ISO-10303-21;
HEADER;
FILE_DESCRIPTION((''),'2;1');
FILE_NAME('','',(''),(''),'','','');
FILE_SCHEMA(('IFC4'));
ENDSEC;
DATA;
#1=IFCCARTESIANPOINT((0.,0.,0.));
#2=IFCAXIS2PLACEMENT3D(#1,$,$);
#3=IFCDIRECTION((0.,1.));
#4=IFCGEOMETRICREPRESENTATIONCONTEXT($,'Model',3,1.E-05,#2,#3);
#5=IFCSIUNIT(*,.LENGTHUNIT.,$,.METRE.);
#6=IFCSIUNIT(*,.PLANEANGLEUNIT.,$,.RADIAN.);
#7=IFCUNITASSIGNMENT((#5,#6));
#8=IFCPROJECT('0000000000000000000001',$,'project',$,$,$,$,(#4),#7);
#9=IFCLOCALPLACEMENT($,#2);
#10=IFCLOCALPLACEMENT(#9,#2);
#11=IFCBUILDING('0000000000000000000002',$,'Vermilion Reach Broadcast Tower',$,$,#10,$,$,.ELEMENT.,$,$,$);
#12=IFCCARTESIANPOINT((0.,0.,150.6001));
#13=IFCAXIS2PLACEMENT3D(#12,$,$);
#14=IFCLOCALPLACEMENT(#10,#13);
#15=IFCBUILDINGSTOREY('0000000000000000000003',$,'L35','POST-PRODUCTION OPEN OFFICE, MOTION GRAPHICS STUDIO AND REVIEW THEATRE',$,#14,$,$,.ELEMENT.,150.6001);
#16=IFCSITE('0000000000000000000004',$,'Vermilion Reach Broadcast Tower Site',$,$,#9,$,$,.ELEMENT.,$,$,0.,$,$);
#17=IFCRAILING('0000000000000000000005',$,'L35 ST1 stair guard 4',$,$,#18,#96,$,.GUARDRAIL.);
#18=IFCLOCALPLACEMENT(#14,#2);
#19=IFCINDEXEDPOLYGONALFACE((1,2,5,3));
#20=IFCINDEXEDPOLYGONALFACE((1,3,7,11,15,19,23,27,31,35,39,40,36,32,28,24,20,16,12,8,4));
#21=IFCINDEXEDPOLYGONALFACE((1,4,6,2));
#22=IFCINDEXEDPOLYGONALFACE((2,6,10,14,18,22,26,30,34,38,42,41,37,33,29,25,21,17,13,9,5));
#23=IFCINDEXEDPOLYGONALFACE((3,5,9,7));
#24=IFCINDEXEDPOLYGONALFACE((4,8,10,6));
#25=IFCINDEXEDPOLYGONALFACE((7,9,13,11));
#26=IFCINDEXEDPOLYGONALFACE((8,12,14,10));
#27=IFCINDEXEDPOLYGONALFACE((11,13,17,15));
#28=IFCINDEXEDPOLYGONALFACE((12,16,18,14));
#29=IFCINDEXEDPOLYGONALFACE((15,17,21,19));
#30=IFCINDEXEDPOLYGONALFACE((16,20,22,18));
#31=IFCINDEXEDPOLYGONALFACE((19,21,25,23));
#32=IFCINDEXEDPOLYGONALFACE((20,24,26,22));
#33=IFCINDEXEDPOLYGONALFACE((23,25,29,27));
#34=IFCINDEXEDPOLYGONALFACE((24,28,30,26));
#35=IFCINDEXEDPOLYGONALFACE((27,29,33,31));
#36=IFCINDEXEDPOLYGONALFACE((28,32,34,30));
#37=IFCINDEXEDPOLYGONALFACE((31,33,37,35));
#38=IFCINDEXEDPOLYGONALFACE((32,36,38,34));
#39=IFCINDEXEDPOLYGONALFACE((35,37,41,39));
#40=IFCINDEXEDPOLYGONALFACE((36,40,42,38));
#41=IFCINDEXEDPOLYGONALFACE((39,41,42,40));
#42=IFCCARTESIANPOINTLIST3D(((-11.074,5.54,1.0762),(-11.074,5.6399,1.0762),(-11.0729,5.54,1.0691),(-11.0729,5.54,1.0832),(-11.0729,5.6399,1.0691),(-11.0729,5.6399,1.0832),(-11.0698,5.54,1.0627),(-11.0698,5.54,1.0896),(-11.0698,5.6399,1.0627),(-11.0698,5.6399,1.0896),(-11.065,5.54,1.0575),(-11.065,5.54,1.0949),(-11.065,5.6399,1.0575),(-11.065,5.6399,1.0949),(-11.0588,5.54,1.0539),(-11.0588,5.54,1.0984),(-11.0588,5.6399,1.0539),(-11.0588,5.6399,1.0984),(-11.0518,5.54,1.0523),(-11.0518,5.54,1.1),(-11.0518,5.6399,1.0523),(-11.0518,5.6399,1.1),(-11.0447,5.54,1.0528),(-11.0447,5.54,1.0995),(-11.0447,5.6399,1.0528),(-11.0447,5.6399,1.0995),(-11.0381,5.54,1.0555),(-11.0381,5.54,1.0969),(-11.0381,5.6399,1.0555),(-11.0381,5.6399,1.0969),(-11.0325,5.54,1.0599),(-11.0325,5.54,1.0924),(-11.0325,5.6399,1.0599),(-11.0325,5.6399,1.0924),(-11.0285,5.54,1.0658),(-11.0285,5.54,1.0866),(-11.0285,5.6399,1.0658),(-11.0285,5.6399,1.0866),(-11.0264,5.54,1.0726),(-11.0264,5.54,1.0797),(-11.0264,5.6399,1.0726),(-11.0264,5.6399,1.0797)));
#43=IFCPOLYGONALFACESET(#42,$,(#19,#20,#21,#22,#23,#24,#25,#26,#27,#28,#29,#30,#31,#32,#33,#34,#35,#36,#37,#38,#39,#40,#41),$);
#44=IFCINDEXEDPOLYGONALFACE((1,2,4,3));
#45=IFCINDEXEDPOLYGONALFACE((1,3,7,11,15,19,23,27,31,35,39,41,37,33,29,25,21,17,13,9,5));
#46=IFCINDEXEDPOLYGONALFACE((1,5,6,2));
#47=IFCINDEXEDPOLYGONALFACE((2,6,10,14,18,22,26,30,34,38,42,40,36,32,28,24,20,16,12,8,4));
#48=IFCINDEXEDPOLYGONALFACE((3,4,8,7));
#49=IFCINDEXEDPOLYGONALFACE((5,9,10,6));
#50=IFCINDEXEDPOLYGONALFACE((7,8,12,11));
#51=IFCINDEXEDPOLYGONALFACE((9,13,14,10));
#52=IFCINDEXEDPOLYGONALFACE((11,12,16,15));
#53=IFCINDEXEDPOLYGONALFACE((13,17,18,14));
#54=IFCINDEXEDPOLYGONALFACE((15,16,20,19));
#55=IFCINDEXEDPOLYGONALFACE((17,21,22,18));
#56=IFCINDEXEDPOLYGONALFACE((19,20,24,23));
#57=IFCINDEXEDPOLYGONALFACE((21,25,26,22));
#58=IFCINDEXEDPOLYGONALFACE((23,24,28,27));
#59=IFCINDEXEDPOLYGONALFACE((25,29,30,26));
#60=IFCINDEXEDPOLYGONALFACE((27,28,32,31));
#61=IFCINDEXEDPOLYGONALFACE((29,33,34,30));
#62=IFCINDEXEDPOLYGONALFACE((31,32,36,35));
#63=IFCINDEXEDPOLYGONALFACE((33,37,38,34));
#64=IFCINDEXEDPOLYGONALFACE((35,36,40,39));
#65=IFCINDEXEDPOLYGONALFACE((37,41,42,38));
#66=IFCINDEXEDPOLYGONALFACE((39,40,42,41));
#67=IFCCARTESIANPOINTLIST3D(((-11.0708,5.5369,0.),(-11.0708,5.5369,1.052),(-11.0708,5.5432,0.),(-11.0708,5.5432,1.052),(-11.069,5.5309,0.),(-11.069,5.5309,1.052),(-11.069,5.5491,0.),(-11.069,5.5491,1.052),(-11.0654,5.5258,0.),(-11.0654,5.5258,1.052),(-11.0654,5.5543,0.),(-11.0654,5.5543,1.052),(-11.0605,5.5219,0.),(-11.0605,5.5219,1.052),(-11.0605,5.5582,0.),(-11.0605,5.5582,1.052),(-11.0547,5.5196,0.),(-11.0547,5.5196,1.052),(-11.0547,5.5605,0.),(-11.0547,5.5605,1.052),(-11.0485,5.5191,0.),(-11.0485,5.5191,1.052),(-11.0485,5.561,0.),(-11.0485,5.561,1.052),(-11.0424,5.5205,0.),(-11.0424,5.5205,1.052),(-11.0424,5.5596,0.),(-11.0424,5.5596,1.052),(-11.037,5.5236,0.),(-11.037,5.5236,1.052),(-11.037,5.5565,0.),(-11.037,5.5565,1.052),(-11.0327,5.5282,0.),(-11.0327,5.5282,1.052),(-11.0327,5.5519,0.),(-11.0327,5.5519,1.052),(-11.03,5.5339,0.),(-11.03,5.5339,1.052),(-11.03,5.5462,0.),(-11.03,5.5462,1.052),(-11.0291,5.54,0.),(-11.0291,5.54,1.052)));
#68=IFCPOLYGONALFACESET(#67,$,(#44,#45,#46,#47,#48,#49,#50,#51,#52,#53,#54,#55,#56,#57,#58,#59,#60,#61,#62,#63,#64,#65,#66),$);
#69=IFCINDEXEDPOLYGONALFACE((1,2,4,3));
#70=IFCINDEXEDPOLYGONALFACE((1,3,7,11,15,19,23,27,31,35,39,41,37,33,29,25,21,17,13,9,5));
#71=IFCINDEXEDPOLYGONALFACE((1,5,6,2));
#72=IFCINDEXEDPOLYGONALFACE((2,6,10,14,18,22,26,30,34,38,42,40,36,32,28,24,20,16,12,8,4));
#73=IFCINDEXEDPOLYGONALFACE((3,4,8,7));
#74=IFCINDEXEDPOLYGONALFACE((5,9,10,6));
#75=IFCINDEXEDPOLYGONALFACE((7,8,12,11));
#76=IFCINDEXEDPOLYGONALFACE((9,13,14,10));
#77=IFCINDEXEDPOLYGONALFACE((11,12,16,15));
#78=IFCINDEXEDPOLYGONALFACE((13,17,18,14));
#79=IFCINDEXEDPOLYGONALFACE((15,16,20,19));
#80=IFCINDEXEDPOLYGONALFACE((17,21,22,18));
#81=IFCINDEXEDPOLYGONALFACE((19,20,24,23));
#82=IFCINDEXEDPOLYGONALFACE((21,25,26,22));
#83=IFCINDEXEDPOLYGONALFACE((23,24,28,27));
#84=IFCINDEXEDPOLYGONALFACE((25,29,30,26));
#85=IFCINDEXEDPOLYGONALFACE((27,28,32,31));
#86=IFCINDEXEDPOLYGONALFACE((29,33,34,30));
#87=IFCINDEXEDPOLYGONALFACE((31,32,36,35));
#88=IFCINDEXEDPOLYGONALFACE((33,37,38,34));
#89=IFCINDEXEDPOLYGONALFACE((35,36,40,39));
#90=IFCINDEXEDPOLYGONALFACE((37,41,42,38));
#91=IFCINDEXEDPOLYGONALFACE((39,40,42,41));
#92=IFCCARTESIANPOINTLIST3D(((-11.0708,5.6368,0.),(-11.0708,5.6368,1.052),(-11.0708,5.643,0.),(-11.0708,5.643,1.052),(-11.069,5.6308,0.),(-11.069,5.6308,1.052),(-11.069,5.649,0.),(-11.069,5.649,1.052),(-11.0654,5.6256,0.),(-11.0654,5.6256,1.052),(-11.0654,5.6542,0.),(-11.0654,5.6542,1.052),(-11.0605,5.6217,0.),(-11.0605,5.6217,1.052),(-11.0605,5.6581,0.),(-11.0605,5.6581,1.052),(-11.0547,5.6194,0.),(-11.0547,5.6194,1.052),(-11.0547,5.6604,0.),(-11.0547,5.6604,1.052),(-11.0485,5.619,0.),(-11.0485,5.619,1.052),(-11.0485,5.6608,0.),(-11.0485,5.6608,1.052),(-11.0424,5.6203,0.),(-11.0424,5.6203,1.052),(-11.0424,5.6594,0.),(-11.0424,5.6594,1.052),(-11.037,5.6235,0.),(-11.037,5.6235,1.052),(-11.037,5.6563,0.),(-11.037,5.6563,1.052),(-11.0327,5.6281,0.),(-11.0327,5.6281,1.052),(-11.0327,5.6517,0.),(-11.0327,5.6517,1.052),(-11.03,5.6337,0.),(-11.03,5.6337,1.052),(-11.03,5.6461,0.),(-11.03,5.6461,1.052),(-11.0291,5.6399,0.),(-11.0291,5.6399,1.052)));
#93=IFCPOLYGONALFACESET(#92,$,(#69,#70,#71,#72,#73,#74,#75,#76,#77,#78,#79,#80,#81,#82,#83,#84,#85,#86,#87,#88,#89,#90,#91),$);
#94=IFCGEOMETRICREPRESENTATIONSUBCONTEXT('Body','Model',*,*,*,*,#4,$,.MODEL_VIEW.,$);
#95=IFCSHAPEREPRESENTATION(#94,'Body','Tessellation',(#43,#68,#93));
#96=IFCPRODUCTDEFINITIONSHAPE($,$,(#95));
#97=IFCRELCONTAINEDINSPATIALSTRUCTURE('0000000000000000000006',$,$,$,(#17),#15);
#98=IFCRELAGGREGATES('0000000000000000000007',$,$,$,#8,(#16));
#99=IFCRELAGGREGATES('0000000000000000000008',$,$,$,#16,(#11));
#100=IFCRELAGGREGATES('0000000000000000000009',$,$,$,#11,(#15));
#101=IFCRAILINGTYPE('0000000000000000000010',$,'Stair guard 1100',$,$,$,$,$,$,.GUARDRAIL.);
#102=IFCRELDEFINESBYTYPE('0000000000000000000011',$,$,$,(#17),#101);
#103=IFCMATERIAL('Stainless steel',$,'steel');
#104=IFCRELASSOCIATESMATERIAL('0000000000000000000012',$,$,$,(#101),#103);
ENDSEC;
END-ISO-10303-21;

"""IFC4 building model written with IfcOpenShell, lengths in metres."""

from ifc_helpers import new_model, si_unit, direction, frame, origin, origin_2d, place, context, subcontext, project, spatial, circle, extrude, material, type_object, element, save


model = new_model("IFC4")

# Units and contexts
model_context = context("Model", 3, precision=1e-05, world=origin(), true_north=direction((0.0, 1.0)))
body_context = subcontext(model_context, "Body", "Model", "MODEL_VIEW")
ifc_project = project(units=[si_unit("LENGTHUNIT", "METRE"), si_unit("PLANEANGLEUNIT", "RADIAN")], contexts=[model_context])

# Site, building, storey
site_placement = place(None, origin())
site = spatial("IfcSite", under=ifc_project, at=site_placement, Name="Vermilion Reach Broadcast Tower Site", CompositionType="ELEMENT", RefElevation=0.0)
building_placement = place(site_placement, origin())
building = spatial("IfcBuilding", under=site, at=building_placement, Name="Vermilion Reach Broadcast Tower", CompositionType="ELEMENT")
storey_placement = place(building_placement, frame((0.0, 0.0, 150.6001)))
storey = spatial("IfcBuildingStorey", under=building, at=storey_placement, Name="L35", Description="POST-PRODUCTION OPEN OFFICE, MOTION GRAPHICS STUDIO AND REVIEW THEATRE", CompositionType="ELEMENT", Elevation=150.6001)

# Railing
ifc_material_1 = material(Name="Stainless steel", Category="steel")
railing_type_1 = type_object("IfcRailingType", Name="Stair guard 1100", PredefinedType="GUARDRAIL", material=ifc_material_1)
railing_1_placement = place(storey_placement, frame((-11.05, 5.54, 0.0)))
element("IfcRailing", 1, at=railing_1_placement, inside=storey, type_object=railing_type_1, Name="L35 ST1 stair guard 4", PredefinedType="GUARDRAIL", context=body_context, shape_type="SweptSolid", body=[
    extrude(circle(Radius=0.0239, at=origin_2d()), frame((0.0, 0.0, 1.0762), z_axis=(0.0, 1.0, 0.0), x_axis=(-1.0, 0.0, 0.0)), (0.0, 0.0, 1.0), 0.0999),
    extrude(circle(Radius=0.021, at=origin_2d()), origin(), (0.0, 0.0, 1.0), 1.052),
    extrude(circle(Radius=0.021, at=origin_2d()), frame((0.0, 0.0999, 0.0)), (0.0, 0.0, 1.0), 1.052),
])

save(model, "model.ifc")
